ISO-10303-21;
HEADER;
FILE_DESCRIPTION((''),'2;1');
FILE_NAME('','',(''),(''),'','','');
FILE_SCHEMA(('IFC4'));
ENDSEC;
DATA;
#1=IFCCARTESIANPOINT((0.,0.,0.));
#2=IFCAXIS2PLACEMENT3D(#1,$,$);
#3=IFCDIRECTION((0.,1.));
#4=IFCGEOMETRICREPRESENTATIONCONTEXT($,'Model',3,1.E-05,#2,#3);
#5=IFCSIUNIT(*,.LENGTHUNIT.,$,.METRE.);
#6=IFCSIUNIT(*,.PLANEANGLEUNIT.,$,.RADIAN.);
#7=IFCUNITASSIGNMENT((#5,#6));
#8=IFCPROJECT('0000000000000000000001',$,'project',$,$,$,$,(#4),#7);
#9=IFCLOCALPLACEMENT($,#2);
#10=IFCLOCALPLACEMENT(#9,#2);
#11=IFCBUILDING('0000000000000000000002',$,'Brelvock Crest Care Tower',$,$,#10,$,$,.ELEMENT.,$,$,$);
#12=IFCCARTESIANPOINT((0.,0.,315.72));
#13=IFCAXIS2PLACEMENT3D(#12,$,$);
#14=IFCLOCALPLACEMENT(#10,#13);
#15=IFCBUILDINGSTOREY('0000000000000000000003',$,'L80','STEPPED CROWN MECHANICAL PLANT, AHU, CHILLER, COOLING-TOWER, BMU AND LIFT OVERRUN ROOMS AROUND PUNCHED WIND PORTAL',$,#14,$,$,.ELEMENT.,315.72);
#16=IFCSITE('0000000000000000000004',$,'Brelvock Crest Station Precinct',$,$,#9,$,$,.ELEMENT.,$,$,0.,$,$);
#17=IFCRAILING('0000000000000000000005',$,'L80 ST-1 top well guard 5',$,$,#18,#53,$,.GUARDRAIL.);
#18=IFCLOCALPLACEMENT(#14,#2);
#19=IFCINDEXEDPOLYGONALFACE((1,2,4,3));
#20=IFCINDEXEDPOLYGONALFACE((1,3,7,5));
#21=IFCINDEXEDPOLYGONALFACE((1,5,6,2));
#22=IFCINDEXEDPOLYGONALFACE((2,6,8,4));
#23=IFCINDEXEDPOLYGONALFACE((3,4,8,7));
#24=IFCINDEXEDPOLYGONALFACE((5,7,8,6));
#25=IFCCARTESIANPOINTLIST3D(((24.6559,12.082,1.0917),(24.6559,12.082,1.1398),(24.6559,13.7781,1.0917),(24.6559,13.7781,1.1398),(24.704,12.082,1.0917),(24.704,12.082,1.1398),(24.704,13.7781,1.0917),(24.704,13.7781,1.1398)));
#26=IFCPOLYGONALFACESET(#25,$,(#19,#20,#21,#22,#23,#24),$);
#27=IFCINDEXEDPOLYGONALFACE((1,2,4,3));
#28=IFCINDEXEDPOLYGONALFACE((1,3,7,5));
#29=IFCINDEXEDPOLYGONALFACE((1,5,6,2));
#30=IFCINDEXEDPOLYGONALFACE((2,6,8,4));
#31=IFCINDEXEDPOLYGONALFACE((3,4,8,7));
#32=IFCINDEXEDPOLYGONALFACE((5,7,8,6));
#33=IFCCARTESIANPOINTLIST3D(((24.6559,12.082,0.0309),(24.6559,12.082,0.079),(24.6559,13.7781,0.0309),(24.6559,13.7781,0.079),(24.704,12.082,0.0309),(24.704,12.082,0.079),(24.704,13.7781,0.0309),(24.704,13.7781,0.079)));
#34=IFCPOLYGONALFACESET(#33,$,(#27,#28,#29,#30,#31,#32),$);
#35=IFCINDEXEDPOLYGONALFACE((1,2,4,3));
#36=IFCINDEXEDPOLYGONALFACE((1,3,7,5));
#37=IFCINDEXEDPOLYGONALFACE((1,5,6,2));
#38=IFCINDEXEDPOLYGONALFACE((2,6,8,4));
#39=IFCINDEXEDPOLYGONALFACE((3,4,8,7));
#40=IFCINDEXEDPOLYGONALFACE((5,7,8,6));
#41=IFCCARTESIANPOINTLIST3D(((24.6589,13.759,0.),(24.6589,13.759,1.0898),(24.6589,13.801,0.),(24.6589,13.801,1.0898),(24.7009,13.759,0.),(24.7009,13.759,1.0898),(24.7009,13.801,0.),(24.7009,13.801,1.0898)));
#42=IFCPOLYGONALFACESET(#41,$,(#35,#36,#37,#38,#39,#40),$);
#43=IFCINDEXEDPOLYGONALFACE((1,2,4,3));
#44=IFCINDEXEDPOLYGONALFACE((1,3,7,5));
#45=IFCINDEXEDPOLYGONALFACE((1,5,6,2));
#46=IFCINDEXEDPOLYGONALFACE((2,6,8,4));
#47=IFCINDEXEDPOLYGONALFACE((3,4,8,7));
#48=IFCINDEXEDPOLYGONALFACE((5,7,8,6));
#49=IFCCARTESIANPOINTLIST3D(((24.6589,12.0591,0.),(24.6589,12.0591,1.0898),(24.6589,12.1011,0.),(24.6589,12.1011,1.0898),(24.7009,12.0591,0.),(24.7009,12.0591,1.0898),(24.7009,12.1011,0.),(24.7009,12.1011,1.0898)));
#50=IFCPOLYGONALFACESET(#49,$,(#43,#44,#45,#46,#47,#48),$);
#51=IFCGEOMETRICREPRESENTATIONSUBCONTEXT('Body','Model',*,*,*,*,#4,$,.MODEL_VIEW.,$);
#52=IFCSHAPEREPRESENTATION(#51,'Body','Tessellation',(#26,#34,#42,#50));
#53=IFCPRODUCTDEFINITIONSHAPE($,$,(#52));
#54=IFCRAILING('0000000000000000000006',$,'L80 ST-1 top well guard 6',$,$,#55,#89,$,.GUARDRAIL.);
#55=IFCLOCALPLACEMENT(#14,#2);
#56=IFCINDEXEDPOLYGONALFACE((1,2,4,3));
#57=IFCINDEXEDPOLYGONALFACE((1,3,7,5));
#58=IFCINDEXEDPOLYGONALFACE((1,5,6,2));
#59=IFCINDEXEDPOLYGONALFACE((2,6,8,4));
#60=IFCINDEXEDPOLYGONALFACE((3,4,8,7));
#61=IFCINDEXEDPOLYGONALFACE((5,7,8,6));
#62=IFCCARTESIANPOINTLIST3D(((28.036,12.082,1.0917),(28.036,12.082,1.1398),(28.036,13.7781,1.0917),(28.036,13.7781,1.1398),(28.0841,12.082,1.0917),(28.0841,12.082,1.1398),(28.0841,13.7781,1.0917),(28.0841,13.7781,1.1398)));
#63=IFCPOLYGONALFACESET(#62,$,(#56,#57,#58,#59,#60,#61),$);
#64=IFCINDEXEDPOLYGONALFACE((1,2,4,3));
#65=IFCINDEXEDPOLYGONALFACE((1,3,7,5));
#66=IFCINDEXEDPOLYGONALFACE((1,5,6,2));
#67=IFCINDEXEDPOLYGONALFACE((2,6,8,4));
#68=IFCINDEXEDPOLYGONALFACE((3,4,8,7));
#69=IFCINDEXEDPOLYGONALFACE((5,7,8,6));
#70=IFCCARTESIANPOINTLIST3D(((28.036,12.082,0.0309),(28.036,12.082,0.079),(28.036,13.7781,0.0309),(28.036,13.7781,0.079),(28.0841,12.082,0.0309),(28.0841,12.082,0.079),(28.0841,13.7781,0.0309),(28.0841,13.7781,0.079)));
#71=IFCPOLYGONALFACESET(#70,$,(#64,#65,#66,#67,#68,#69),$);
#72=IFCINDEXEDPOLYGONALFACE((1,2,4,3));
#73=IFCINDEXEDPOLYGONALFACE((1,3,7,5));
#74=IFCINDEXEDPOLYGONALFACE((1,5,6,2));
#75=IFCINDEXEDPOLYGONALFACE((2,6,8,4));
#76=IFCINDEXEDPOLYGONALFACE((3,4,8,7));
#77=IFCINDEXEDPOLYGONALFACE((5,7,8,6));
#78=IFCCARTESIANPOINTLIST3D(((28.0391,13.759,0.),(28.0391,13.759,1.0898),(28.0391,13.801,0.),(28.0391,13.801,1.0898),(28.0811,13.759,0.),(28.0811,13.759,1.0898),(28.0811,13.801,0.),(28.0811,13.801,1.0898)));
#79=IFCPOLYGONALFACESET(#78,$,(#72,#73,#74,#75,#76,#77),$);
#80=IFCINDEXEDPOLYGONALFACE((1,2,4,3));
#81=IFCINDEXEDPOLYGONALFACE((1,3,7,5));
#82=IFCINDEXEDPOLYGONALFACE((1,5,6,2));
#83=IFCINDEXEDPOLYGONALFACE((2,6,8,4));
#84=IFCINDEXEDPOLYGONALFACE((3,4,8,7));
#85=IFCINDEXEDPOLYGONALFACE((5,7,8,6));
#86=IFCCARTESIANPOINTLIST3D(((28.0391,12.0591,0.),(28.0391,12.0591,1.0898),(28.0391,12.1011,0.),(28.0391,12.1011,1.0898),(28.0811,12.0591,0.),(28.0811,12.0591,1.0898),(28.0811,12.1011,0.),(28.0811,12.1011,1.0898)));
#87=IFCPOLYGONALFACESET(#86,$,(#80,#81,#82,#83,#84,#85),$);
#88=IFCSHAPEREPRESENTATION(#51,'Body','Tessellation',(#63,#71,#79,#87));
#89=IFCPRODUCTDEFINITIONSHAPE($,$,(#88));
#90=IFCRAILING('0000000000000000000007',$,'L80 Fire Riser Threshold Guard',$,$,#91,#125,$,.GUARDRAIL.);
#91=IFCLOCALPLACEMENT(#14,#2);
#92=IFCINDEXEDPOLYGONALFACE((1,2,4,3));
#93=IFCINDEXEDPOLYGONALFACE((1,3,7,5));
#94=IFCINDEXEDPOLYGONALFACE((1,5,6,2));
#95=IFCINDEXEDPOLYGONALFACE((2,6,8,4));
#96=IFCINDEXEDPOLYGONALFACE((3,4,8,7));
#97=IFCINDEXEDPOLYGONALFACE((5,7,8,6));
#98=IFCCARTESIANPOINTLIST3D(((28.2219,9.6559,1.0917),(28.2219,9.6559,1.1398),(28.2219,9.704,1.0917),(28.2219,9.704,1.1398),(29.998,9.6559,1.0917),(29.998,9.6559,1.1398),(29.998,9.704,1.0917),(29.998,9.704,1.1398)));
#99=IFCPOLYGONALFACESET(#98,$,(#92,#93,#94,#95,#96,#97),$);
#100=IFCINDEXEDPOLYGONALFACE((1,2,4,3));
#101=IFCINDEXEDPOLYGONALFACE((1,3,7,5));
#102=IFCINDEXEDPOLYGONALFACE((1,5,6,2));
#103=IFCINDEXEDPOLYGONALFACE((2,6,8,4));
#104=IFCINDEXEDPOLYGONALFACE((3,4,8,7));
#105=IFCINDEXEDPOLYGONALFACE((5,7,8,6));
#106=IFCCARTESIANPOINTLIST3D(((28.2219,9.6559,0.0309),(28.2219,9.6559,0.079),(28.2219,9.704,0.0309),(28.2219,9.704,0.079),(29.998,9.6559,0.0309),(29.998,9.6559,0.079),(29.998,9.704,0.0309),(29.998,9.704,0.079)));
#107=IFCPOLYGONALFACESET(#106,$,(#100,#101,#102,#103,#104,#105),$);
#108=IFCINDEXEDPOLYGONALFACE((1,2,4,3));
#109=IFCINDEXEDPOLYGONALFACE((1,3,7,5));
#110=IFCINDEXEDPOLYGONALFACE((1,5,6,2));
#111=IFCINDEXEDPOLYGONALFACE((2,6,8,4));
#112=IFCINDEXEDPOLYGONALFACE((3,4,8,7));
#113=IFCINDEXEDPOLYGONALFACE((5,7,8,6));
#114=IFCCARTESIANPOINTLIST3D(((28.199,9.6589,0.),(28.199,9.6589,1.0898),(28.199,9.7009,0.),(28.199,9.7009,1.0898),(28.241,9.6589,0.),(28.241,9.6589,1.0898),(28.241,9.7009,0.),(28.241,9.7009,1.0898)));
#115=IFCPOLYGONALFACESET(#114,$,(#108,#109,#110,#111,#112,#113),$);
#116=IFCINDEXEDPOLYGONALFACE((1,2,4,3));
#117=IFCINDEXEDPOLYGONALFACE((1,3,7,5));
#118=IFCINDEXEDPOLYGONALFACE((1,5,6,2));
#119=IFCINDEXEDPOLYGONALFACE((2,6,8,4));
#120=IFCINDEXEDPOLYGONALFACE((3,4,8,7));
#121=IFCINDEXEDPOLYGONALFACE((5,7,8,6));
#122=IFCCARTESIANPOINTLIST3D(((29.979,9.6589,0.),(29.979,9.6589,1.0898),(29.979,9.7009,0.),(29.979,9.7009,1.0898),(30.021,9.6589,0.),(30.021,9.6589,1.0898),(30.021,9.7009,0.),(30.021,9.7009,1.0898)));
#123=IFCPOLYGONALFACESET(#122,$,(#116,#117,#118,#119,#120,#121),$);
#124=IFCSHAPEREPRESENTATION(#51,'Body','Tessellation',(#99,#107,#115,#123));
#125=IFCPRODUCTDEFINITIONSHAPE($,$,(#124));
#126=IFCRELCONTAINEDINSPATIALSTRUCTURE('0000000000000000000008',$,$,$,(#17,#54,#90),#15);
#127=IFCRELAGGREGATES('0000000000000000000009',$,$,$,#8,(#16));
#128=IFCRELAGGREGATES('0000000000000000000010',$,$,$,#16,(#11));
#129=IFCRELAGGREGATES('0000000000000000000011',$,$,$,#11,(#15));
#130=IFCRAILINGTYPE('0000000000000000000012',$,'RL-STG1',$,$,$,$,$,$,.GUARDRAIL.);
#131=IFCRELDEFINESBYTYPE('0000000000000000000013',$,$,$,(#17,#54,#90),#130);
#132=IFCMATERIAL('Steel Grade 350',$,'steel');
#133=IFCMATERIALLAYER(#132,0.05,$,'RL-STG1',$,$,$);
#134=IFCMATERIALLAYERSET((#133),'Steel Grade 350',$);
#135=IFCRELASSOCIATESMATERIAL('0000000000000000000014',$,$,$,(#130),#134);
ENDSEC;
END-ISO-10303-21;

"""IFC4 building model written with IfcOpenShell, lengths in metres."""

from ifc_helpers import new_model, si_unit, direction, frame, origin, origin_2d, place, context, subcontext, project, spatial, rectangle, extrude, material, layer, layer_set, type_object, element, save


model = new_model("IFC4")

# Units and contexts
model_context = context("Model", 3, precision=1e-05, world=origin(), true_north=direction((0.0, 1.0)))
body_context = subcontext(model_context, "Body", "Model", "MODEL_VIEW")
ifc_project = project(units=[si_unit("LENGTHUNIT", "METRE"), si_unit("PLANEANGLEUNIT", "RADIAN")], contexts=[model_context])

# Site, building, storey
site_placement = place(None, origin())
site = spatial("IfcSite", under=ifc_project, at=site_placement, Name="Brelvock Crest Station Precinct", CompositionType="ELEMENT", RefElevation=0.0)
building_placement = place(site_placement, origin())
building = spatial("IfcBuilding", under=site, at=building_placement, Name="Brelvock Crest Care Tower", CompositionType="ELEMENT")
storey_placement = place(building_placement, frame((0.0, 0.0, 315.72)))
storey = spatial("IfcBuildingStorey", under=building, at=storey_placement, Name="L80", Description="STEPPED CROWN MECHANICAL PLANT, AHU, CHILLER, COOLING-TOWER, BMU AND LIFT OVERRUN ROOMS AROUND PUNCHED WIND PORTAL", CompositionType="ELEMENT", Elevation=315.72)

# Shared definitions
ifc_material_1 = material(Name="Steel Grade 350", Category="steel")

# Railings
ifc_layer_1 = layer(ifc_material_1, 0.05, Name="RL-STG1")
ifc_layer_set_1 = layer_set([ifc_layer_1], Name="Steel Grade 350")
railing_type = type_object("IfcRailingType", Name="RL-STG1", PredefinedType="GUARDRAIL", material=ifc_layer_set_1)
for number, where, name in (
    (1, (24.6799, 13.78, 0.0), "L80 ST-1 top well guard 5"),
    (2, (28.0601, 13.78, 0.0), "L80 ST-1 top well guard 6"),
):
    element("IfcRailing", number, at=place(storey_placement, frame(where)), inside=storey, type_object=railing_type, Name=name, PredefinedType="GUARDRAIL", context=body_context, shape_type="SweptSolid", body=[
        extrude(rectangle(XDim=0.0481, YDim=0.0481, at=origin_2d()), frame((0.0, -0.002, 1.1157), z_axis=(0.0, -1.0, 0.0), x_axis=(1.0, 0.0, 0.0)), (0.0, 0.0, 1.0), 1.696),
        extrude(rectangle(XDim=0.0481, YDim=0.0481, at=origin_2d()), frame((0.0, -0.002, 0.0549), z_axis=(0.0, -1.0, 0.0), x_axis=(1.0, 0.0, 0.0)), (0.0, 0.0, 1.0), 1.696),
        extrude(rectangle(XDim=0.042, YDim=0.042, at=origin_2d()), origin(), (0.0, 0.0, 1.0), 1.0898),
        extrude(rectangle(XDim=0.042, YDim=0.042, at=origin_2d()), frame((0.0, -1.7, 0.0)), (0.0, 0.0, 1.0), 1.0898),
    ])
railing_1_placement = place(storey_placement, frame((28.22, 9.6799, 0.0)))
element("IfcRailing", 3, at=railing_1_placement, inside=storey, type_object=railing_type, Name="L80 Fire Riser Threshold Guard", PredefinedType="GUARDRAIL", context=body_context, shape_type="SweptSolid", body=[
    extrude(rectangle(XDim=0.0481, YDim=0.0481, at=origin_2d()), frame((0.002, 0.0, 1.1157), z_axis=(1.0, 0.0, 0.0), x_axis=(0.0, 1.0, 0.0)), (0.0, 0.0, 1.0), 1.7761),
    extrude(rectangle(XDim=0.0481, YDim=0.0481, at=origin_2d()), frame((0.002, 0.0, 0.0549), z_axis=(1.0, 0.0, 0.0), x_axis=(0.0, 1.0, 0.0)), (0.0, 0.0, 1.0), 1.7761),
    extrude(rectangle(XDim=0.042, YDim=0.042, at=origin_2d()), origin(), (0.0, 0.0, 1.0), 1.0898),
    extrude(rectangle(XDim=0.042, YDim=0.042, at=origin_2d()), frame((1.78, 0.0, 0.0)), (0.0, 0.0, 1.0), 1.0898),
])

save(model, "model.ifc")
